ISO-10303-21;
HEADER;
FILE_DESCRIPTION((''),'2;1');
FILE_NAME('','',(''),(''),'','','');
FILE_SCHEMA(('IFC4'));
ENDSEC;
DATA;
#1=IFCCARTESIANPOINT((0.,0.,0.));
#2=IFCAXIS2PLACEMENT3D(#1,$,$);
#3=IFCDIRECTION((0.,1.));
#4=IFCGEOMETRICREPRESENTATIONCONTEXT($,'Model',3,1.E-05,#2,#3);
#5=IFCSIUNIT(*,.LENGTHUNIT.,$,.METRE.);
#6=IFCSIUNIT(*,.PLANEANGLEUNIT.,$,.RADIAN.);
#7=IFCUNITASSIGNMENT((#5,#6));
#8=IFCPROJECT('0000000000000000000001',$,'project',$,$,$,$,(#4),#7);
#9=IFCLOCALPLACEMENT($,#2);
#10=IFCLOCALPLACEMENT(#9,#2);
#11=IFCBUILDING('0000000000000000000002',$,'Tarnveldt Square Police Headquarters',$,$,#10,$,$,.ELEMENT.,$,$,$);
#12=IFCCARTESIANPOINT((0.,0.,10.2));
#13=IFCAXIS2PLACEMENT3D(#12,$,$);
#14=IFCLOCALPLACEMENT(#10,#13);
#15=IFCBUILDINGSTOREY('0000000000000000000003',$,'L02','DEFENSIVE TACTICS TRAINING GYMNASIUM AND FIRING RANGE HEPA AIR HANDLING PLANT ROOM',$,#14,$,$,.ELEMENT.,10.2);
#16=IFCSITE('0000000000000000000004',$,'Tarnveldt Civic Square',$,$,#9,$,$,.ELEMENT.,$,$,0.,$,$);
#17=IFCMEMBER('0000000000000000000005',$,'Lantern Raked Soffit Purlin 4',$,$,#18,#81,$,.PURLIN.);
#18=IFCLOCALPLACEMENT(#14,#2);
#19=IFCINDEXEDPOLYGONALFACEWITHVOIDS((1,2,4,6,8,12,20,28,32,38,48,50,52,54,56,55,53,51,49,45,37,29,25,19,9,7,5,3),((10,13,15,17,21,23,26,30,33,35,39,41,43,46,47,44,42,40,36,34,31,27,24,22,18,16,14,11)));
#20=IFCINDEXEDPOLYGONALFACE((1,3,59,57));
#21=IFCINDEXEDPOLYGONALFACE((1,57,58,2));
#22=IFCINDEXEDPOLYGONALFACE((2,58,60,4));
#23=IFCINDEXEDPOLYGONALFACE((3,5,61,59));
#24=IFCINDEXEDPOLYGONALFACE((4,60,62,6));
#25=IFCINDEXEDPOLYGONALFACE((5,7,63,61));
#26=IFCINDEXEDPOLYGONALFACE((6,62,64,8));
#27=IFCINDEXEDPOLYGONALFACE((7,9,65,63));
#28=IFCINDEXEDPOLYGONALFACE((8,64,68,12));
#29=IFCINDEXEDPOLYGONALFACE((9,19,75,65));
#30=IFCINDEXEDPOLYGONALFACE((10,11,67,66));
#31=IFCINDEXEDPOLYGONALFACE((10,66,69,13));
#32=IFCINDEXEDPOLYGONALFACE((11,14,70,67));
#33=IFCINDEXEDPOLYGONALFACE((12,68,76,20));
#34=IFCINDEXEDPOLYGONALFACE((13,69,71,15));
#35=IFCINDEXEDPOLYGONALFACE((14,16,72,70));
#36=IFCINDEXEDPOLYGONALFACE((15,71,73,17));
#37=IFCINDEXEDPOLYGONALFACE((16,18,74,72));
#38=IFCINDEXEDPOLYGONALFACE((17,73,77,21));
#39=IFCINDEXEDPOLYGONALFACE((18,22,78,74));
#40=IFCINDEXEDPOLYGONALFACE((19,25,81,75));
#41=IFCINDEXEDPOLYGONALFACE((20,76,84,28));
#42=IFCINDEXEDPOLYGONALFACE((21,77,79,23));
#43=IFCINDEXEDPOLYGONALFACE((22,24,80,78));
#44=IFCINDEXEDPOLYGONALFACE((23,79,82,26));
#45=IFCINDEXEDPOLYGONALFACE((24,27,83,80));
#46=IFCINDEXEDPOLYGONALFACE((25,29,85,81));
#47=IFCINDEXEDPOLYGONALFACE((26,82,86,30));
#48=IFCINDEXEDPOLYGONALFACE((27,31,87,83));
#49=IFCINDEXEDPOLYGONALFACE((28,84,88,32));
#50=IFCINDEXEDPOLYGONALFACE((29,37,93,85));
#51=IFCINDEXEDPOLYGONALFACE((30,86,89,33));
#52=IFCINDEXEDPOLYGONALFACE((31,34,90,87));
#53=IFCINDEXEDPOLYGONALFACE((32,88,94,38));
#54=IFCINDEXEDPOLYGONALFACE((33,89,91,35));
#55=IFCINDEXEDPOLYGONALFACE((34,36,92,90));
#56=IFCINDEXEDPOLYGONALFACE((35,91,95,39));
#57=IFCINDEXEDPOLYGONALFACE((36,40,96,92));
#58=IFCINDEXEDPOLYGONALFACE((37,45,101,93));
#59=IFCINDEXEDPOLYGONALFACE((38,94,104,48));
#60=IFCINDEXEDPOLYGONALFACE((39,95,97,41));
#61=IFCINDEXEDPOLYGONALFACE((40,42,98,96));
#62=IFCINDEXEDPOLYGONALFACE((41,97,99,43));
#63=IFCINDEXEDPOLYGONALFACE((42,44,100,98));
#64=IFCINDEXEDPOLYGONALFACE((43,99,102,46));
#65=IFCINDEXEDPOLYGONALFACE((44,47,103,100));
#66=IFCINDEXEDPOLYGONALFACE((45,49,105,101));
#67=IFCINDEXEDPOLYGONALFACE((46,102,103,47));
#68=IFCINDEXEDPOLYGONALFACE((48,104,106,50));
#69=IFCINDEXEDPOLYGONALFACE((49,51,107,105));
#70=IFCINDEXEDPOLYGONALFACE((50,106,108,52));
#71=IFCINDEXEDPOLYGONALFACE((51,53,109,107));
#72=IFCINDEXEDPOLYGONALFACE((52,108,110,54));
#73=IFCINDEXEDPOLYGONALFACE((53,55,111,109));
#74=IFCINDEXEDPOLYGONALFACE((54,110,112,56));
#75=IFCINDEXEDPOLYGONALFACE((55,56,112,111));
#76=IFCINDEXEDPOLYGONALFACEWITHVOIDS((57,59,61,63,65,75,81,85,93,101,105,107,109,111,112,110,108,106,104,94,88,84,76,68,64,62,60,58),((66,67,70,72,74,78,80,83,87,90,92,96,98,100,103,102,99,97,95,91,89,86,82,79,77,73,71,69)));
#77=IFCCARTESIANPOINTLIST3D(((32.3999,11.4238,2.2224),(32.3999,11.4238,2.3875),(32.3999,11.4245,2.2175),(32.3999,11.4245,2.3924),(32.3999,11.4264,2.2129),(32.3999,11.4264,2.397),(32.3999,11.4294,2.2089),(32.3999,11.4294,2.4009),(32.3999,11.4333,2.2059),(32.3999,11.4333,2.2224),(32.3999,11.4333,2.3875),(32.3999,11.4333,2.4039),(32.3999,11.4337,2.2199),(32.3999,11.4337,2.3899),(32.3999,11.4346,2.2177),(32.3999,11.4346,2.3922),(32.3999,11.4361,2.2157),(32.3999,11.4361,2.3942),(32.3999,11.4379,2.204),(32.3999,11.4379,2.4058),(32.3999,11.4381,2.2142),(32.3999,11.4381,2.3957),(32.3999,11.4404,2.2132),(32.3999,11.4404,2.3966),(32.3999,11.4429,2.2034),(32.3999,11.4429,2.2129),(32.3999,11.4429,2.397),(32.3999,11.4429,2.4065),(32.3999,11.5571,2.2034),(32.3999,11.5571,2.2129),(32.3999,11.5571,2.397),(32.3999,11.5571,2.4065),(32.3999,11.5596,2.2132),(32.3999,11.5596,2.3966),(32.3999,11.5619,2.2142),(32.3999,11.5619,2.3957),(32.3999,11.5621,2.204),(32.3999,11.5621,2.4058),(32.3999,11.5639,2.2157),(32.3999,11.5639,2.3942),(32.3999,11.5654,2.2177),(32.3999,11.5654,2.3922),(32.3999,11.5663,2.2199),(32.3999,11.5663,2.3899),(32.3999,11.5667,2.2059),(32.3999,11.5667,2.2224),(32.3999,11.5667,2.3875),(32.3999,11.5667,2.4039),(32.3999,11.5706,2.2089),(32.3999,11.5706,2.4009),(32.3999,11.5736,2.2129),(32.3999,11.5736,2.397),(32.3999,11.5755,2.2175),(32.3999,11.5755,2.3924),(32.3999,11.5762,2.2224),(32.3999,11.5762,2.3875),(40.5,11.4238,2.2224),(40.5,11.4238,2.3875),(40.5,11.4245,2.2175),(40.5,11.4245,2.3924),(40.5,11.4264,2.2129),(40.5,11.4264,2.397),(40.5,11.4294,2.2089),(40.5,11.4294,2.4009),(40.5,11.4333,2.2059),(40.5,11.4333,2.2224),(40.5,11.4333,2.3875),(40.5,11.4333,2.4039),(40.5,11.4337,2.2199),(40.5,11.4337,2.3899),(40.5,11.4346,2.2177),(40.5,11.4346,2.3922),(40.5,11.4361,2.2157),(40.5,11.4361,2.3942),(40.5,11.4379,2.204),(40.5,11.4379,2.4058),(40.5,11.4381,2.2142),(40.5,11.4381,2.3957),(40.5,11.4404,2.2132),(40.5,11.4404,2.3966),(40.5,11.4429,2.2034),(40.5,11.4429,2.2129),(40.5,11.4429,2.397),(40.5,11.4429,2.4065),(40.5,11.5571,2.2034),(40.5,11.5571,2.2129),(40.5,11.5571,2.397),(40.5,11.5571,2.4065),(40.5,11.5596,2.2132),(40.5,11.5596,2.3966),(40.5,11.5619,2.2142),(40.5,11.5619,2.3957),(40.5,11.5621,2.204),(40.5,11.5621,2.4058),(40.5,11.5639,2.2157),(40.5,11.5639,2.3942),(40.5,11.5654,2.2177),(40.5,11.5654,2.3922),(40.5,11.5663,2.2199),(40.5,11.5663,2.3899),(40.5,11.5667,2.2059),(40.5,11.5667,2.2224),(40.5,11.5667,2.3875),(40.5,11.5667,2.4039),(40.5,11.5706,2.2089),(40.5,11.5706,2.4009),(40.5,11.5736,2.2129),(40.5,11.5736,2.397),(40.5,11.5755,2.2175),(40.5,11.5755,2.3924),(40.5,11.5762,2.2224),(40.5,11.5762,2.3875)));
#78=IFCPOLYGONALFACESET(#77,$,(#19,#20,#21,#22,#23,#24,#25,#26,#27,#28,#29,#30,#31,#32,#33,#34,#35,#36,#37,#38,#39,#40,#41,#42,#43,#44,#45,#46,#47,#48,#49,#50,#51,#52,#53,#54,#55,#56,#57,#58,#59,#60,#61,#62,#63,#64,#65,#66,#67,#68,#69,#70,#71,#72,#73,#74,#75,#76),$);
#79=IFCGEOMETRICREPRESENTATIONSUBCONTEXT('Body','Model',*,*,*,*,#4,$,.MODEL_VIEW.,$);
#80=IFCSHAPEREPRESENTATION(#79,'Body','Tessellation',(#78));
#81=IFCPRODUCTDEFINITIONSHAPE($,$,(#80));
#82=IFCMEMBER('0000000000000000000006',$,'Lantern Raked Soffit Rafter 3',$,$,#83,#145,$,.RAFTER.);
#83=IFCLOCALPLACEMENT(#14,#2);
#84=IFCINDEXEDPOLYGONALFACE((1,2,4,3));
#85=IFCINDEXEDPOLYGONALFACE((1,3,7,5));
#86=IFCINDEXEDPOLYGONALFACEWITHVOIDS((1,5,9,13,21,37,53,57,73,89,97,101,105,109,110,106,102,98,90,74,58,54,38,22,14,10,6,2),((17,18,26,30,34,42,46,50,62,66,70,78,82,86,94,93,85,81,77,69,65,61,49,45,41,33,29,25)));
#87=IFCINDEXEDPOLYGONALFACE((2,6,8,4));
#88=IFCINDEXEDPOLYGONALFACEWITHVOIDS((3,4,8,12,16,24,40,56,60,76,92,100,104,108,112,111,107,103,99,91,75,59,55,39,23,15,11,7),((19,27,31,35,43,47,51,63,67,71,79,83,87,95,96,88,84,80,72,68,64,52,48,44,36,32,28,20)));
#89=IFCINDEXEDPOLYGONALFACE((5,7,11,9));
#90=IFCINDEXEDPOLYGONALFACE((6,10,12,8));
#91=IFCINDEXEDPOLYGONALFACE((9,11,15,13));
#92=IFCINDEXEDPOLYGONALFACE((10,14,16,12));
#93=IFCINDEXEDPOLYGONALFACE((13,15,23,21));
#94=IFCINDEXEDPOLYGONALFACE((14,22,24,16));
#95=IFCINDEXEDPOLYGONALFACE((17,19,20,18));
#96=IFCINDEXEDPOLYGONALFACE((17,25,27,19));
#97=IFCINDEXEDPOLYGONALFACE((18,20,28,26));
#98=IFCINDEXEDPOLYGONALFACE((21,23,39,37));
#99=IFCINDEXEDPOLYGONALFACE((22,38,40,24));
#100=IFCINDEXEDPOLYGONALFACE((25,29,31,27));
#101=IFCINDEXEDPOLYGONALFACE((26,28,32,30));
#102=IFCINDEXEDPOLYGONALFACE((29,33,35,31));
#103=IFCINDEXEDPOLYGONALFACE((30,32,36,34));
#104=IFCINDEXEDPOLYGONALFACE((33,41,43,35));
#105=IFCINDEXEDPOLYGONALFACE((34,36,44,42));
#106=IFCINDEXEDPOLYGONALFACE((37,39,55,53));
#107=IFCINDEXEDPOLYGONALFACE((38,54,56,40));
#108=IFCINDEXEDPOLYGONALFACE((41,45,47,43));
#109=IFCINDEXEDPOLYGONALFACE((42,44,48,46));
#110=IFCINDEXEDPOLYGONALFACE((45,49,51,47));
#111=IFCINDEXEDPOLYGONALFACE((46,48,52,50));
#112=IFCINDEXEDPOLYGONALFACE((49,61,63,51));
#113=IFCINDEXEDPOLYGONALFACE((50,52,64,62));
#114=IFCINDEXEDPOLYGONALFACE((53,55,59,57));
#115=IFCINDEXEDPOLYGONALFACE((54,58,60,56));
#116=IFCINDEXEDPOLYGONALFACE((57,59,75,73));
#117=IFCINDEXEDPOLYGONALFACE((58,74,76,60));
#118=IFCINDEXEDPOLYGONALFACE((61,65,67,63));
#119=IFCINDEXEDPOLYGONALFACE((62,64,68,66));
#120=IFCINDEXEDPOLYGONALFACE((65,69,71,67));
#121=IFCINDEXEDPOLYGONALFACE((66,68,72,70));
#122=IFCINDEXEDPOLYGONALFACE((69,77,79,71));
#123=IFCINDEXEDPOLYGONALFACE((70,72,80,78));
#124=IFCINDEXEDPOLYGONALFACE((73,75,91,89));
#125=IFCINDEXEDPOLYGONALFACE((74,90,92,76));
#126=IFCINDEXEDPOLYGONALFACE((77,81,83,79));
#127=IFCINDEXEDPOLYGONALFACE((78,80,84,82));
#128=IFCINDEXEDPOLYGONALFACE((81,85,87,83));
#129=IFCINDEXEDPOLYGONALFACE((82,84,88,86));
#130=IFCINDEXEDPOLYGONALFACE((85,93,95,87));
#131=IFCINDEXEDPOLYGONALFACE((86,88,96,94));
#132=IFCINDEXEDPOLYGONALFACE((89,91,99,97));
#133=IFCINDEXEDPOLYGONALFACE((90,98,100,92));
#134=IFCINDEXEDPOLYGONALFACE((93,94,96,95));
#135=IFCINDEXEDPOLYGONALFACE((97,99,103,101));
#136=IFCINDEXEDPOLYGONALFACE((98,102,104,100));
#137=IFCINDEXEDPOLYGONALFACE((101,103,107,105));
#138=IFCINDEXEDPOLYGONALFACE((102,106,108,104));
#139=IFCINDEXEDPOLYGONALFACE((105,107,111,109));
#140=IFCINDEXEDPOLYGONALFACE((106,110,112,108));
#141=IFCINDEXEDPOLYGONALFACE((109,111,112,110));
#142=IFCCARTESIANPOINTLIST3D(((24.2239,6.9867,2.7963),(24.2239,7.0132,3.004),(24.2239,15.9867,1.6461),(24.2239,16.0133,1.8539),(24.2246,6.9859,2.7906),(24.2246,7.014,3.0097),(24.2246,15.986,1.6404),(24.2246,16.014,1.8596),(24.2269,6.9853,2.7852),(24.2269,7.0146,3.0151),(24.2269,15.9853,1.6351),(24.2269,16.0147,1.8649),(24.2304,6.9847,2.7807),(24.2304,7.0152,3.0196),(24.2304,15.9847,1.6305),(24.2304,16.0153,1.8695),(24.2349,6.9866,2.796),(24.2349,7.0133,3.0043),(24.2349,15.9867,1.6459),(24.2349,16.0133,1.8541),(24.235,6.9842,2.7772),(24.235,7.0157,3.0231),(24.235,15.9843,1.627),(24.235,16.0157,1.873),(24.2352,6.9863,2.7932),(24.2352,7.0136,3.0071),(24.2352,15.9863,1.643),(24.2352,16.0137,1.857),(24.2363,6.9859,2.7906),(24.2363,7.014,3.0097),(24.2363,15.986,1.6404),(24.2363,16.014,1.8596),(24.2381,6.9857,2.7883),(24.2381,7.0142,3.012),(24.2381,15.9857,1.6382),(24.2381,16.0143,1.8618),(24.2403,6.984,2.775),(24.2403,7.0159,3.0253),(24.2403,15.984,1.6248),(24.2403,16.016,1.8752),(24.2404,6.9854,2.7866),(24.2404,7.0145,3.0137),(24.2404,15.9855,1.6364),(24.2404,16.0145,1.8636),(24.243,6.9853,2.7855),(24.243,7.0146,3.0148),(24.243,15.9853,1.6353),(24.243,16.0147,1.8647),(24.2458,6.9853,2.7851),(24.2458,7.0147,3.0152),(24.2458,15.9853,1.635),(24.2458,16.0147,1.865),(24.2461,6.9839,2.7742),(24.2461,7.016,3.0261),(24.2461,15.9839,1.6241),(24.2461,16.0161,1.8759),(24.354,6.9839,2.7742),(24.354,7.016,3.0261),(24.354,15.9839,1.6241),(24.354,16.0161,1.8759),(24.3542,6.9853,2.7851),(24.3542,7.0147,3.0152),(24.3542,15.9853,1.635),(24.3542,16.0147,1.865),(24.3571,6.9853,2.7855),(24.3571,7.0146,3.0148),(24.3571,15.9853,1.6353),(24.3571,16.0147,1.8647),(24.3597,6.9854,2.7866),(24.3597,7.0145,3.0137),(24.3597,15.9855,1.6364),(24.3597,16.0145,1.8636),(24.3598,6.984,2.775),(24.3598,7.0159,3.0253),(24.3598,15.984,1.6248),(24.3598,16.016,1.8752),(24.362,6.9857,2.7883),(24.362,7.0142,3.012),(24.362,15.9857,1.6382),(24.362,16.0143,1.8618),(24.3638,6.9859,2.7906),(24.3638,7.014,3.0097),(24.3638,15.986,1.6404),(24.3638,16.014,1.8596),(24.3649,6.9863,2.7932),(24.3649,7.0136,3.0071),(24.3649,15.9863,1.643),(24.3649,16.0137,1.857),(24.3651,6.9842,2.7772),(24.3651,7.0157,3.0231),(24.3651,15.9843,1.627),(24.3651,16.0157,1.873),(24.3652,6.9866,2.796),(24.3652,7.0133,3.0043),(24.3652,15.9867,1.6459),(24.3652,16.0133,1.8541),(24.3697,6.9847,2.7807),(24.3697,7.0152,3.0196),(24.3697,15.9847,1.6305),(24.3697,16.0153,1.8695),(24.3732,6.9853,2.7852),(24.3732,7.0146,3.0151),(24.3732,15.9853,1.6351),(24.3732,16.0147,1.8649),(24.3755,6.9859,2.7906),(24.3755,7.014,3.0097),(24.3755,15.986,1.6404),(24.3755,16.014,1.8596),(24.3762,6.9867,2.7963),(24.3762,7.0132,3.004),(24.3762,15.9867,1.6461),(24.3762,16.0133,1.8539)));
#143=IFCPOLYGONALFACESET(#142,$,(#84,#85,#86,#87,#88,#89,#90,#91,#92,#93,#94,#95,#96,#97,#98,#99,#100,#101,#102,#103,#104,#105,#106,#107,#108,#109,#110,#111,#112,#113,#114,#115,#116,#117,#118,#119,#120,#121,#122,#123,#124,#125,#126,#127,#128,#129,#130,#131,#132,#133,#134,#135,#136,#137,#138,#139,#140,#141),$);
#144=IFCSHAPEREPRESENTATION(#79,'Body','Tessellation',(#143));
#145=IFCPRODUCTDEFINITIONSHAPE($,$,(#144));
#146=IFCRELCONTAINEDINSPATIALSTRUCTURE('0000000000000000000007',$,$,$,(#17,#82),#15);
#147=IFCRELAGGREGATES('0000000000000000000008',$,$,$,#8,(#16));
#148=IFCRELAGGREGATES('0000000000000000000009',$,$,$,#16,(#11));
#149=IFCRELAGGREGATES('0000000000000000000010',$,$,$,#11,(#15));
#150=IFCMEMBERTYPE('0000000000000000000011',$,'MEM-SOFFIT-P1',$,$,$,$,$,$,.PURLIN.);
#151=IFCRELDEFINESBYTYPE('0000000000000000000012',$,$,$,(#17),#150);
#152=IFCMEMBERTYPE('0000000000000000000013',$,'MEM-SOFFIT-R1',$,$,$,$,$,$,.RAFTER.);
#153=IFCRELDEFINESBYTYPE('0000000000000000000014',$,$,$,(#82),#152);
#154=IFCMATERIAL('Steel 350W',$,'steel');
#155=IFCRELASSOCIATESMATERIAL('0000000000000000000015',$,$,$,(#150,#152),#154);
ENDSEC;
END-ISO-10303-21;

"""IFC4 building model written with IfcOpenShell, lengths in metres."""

from ifc_helpers import new_model, si_unit, direction, frame, origin, origin_2d, place, context, subcontext, project, spatial, hollow_rectangle, extrude, material, material_profile, profile_set, type_object, element, save


model = new_model("IFC4")

# Units and contexts
model_context = context("Model", 3, precision=1e-05, world=origin(), true_north=direction((0.0, 1.0)))
body_context = subcontext(model_context, "Body", "Model", "MODEL_VIEW")
ifc_project = project(units=[si_unit("LENGTHUNIT", "METRE"), si_unit("PLANEANGLEUNIT", "RADIAN")], contexts=[model_context])

# Site, building, storey
site_placement = place(None, origin())
site = spatial("IfcSite", under=ifc_project, at=site_placement, Name="Tarnveldt Civic Square", CompositionType="ELEMENT", RefElevation=0.0)
building_placement = place(site_placement, origin())
building = spatial("IfcBuilding", under=site, at=building_placement, Name="Tarnveldt Square Police Headquarters", CompositionType="ELEMENT")
storey_placement = place(building_placement, frame((0.0, 0.0, 10.2)))
storey = spatial("IfcBuildingStorey", under=building, at=storey_placement, Name="L02", Description="DEFENSIVE TACTICS TRAINING GYMNASIUM AND FIRING RANGE HEPA AIR HANDLING PLANT ROOM", CompositionType="ELEMENT", Elevation=10.2)

# Members
ifc_material_1 = material(Name="Steel 350W", Category="steel")
ifc_material_profile_1 = material_profile(ifc_material_1, hollow_rectangle(XDim=0.1523, YDim=0.2031, WallThickness=0.0095, InnerFilletRadius=0.0095, OuterFilletRadius=0.019, at=origin_2d()), Name="HSS203x152x9.5")
ifc_profile_set_1 = profile_set([ifc_material_profile_1], Name="Steel 350W")
member_type_1 = type_object("IfcMemberType", Name="MEM-SOFFIT-P1", PredefinedType="PURLIN", material=ifc_profile_set_1)
member_1_placement = place(storey_placement, frame((32.3999, 11.5, 2.3049), z_axis=(1.0, 0.0, 0.0), x_axis=(0.0, 1.0, 0.0)))
element("IfcMember", 1, at=member_1_placement, inside=storey, type_object=member_type_1, Name="Lantern Raked Soffit Purlin 4", PredefinedType="PURLIN", context=body_context, shape_type="SweptSolid", body=[
    extrude(hollow_rectangle(XDim=0.1523, YDim=0.2031, WallThickness=0.0095, InnerFilletRadius=0.0095, OuterFilletRadius=0.019, at=origin_2d()), origin(), (0.0, 0.0, 1.0), 8.1001),
])
ifc_material_profile_2 = material_profile(ifc_material_1, hollow_rectangle(XDim=0.1523, YDim=0.2539, WallThickness=0.011, InnerFilletRadius=0.011, OuterFilletRadius=0.0222, at=origin_2d()), Name="HSS254x152x11")
ifc_profile_set_2 = profile_set([ifc_material_profile_2], Name="Steel 350W")
member_type_2 = type_object("IfcMemberType", Name="MEM-SOFFIT-R1", PredefinedType="RAFTER", material=ifc_profile_set_2)
for number, where, z_axis, x_axis, name in (
    (2, (24.3, 16.0, 1.75), (0.0, -0.991933, 0.126763), (1.0, 0.0, 0.0), "Lantern Raked Soffit Rafter 3"),
):
    element("IfcMember", number, at=place(storey_placement, frame(where, z_axis=z_axis, x_axis=x_axis)), inside=storey, type_object=member_type_2, Name=name, PredefinedType="RAFTER", context=body_context, shape_type="SweptSolid", body=[
        extrude(hollow_rectangle(XDim=0.1523, YDim=0.2539, WallThickness=0.011, InnerFilletRadius=0.011, OuterFilletRadius=0.0222, at=origin_2d()), origin(), (0.0, 0.0, 1.0), 9.0732),
    ])

save(model, "model.ifc")
